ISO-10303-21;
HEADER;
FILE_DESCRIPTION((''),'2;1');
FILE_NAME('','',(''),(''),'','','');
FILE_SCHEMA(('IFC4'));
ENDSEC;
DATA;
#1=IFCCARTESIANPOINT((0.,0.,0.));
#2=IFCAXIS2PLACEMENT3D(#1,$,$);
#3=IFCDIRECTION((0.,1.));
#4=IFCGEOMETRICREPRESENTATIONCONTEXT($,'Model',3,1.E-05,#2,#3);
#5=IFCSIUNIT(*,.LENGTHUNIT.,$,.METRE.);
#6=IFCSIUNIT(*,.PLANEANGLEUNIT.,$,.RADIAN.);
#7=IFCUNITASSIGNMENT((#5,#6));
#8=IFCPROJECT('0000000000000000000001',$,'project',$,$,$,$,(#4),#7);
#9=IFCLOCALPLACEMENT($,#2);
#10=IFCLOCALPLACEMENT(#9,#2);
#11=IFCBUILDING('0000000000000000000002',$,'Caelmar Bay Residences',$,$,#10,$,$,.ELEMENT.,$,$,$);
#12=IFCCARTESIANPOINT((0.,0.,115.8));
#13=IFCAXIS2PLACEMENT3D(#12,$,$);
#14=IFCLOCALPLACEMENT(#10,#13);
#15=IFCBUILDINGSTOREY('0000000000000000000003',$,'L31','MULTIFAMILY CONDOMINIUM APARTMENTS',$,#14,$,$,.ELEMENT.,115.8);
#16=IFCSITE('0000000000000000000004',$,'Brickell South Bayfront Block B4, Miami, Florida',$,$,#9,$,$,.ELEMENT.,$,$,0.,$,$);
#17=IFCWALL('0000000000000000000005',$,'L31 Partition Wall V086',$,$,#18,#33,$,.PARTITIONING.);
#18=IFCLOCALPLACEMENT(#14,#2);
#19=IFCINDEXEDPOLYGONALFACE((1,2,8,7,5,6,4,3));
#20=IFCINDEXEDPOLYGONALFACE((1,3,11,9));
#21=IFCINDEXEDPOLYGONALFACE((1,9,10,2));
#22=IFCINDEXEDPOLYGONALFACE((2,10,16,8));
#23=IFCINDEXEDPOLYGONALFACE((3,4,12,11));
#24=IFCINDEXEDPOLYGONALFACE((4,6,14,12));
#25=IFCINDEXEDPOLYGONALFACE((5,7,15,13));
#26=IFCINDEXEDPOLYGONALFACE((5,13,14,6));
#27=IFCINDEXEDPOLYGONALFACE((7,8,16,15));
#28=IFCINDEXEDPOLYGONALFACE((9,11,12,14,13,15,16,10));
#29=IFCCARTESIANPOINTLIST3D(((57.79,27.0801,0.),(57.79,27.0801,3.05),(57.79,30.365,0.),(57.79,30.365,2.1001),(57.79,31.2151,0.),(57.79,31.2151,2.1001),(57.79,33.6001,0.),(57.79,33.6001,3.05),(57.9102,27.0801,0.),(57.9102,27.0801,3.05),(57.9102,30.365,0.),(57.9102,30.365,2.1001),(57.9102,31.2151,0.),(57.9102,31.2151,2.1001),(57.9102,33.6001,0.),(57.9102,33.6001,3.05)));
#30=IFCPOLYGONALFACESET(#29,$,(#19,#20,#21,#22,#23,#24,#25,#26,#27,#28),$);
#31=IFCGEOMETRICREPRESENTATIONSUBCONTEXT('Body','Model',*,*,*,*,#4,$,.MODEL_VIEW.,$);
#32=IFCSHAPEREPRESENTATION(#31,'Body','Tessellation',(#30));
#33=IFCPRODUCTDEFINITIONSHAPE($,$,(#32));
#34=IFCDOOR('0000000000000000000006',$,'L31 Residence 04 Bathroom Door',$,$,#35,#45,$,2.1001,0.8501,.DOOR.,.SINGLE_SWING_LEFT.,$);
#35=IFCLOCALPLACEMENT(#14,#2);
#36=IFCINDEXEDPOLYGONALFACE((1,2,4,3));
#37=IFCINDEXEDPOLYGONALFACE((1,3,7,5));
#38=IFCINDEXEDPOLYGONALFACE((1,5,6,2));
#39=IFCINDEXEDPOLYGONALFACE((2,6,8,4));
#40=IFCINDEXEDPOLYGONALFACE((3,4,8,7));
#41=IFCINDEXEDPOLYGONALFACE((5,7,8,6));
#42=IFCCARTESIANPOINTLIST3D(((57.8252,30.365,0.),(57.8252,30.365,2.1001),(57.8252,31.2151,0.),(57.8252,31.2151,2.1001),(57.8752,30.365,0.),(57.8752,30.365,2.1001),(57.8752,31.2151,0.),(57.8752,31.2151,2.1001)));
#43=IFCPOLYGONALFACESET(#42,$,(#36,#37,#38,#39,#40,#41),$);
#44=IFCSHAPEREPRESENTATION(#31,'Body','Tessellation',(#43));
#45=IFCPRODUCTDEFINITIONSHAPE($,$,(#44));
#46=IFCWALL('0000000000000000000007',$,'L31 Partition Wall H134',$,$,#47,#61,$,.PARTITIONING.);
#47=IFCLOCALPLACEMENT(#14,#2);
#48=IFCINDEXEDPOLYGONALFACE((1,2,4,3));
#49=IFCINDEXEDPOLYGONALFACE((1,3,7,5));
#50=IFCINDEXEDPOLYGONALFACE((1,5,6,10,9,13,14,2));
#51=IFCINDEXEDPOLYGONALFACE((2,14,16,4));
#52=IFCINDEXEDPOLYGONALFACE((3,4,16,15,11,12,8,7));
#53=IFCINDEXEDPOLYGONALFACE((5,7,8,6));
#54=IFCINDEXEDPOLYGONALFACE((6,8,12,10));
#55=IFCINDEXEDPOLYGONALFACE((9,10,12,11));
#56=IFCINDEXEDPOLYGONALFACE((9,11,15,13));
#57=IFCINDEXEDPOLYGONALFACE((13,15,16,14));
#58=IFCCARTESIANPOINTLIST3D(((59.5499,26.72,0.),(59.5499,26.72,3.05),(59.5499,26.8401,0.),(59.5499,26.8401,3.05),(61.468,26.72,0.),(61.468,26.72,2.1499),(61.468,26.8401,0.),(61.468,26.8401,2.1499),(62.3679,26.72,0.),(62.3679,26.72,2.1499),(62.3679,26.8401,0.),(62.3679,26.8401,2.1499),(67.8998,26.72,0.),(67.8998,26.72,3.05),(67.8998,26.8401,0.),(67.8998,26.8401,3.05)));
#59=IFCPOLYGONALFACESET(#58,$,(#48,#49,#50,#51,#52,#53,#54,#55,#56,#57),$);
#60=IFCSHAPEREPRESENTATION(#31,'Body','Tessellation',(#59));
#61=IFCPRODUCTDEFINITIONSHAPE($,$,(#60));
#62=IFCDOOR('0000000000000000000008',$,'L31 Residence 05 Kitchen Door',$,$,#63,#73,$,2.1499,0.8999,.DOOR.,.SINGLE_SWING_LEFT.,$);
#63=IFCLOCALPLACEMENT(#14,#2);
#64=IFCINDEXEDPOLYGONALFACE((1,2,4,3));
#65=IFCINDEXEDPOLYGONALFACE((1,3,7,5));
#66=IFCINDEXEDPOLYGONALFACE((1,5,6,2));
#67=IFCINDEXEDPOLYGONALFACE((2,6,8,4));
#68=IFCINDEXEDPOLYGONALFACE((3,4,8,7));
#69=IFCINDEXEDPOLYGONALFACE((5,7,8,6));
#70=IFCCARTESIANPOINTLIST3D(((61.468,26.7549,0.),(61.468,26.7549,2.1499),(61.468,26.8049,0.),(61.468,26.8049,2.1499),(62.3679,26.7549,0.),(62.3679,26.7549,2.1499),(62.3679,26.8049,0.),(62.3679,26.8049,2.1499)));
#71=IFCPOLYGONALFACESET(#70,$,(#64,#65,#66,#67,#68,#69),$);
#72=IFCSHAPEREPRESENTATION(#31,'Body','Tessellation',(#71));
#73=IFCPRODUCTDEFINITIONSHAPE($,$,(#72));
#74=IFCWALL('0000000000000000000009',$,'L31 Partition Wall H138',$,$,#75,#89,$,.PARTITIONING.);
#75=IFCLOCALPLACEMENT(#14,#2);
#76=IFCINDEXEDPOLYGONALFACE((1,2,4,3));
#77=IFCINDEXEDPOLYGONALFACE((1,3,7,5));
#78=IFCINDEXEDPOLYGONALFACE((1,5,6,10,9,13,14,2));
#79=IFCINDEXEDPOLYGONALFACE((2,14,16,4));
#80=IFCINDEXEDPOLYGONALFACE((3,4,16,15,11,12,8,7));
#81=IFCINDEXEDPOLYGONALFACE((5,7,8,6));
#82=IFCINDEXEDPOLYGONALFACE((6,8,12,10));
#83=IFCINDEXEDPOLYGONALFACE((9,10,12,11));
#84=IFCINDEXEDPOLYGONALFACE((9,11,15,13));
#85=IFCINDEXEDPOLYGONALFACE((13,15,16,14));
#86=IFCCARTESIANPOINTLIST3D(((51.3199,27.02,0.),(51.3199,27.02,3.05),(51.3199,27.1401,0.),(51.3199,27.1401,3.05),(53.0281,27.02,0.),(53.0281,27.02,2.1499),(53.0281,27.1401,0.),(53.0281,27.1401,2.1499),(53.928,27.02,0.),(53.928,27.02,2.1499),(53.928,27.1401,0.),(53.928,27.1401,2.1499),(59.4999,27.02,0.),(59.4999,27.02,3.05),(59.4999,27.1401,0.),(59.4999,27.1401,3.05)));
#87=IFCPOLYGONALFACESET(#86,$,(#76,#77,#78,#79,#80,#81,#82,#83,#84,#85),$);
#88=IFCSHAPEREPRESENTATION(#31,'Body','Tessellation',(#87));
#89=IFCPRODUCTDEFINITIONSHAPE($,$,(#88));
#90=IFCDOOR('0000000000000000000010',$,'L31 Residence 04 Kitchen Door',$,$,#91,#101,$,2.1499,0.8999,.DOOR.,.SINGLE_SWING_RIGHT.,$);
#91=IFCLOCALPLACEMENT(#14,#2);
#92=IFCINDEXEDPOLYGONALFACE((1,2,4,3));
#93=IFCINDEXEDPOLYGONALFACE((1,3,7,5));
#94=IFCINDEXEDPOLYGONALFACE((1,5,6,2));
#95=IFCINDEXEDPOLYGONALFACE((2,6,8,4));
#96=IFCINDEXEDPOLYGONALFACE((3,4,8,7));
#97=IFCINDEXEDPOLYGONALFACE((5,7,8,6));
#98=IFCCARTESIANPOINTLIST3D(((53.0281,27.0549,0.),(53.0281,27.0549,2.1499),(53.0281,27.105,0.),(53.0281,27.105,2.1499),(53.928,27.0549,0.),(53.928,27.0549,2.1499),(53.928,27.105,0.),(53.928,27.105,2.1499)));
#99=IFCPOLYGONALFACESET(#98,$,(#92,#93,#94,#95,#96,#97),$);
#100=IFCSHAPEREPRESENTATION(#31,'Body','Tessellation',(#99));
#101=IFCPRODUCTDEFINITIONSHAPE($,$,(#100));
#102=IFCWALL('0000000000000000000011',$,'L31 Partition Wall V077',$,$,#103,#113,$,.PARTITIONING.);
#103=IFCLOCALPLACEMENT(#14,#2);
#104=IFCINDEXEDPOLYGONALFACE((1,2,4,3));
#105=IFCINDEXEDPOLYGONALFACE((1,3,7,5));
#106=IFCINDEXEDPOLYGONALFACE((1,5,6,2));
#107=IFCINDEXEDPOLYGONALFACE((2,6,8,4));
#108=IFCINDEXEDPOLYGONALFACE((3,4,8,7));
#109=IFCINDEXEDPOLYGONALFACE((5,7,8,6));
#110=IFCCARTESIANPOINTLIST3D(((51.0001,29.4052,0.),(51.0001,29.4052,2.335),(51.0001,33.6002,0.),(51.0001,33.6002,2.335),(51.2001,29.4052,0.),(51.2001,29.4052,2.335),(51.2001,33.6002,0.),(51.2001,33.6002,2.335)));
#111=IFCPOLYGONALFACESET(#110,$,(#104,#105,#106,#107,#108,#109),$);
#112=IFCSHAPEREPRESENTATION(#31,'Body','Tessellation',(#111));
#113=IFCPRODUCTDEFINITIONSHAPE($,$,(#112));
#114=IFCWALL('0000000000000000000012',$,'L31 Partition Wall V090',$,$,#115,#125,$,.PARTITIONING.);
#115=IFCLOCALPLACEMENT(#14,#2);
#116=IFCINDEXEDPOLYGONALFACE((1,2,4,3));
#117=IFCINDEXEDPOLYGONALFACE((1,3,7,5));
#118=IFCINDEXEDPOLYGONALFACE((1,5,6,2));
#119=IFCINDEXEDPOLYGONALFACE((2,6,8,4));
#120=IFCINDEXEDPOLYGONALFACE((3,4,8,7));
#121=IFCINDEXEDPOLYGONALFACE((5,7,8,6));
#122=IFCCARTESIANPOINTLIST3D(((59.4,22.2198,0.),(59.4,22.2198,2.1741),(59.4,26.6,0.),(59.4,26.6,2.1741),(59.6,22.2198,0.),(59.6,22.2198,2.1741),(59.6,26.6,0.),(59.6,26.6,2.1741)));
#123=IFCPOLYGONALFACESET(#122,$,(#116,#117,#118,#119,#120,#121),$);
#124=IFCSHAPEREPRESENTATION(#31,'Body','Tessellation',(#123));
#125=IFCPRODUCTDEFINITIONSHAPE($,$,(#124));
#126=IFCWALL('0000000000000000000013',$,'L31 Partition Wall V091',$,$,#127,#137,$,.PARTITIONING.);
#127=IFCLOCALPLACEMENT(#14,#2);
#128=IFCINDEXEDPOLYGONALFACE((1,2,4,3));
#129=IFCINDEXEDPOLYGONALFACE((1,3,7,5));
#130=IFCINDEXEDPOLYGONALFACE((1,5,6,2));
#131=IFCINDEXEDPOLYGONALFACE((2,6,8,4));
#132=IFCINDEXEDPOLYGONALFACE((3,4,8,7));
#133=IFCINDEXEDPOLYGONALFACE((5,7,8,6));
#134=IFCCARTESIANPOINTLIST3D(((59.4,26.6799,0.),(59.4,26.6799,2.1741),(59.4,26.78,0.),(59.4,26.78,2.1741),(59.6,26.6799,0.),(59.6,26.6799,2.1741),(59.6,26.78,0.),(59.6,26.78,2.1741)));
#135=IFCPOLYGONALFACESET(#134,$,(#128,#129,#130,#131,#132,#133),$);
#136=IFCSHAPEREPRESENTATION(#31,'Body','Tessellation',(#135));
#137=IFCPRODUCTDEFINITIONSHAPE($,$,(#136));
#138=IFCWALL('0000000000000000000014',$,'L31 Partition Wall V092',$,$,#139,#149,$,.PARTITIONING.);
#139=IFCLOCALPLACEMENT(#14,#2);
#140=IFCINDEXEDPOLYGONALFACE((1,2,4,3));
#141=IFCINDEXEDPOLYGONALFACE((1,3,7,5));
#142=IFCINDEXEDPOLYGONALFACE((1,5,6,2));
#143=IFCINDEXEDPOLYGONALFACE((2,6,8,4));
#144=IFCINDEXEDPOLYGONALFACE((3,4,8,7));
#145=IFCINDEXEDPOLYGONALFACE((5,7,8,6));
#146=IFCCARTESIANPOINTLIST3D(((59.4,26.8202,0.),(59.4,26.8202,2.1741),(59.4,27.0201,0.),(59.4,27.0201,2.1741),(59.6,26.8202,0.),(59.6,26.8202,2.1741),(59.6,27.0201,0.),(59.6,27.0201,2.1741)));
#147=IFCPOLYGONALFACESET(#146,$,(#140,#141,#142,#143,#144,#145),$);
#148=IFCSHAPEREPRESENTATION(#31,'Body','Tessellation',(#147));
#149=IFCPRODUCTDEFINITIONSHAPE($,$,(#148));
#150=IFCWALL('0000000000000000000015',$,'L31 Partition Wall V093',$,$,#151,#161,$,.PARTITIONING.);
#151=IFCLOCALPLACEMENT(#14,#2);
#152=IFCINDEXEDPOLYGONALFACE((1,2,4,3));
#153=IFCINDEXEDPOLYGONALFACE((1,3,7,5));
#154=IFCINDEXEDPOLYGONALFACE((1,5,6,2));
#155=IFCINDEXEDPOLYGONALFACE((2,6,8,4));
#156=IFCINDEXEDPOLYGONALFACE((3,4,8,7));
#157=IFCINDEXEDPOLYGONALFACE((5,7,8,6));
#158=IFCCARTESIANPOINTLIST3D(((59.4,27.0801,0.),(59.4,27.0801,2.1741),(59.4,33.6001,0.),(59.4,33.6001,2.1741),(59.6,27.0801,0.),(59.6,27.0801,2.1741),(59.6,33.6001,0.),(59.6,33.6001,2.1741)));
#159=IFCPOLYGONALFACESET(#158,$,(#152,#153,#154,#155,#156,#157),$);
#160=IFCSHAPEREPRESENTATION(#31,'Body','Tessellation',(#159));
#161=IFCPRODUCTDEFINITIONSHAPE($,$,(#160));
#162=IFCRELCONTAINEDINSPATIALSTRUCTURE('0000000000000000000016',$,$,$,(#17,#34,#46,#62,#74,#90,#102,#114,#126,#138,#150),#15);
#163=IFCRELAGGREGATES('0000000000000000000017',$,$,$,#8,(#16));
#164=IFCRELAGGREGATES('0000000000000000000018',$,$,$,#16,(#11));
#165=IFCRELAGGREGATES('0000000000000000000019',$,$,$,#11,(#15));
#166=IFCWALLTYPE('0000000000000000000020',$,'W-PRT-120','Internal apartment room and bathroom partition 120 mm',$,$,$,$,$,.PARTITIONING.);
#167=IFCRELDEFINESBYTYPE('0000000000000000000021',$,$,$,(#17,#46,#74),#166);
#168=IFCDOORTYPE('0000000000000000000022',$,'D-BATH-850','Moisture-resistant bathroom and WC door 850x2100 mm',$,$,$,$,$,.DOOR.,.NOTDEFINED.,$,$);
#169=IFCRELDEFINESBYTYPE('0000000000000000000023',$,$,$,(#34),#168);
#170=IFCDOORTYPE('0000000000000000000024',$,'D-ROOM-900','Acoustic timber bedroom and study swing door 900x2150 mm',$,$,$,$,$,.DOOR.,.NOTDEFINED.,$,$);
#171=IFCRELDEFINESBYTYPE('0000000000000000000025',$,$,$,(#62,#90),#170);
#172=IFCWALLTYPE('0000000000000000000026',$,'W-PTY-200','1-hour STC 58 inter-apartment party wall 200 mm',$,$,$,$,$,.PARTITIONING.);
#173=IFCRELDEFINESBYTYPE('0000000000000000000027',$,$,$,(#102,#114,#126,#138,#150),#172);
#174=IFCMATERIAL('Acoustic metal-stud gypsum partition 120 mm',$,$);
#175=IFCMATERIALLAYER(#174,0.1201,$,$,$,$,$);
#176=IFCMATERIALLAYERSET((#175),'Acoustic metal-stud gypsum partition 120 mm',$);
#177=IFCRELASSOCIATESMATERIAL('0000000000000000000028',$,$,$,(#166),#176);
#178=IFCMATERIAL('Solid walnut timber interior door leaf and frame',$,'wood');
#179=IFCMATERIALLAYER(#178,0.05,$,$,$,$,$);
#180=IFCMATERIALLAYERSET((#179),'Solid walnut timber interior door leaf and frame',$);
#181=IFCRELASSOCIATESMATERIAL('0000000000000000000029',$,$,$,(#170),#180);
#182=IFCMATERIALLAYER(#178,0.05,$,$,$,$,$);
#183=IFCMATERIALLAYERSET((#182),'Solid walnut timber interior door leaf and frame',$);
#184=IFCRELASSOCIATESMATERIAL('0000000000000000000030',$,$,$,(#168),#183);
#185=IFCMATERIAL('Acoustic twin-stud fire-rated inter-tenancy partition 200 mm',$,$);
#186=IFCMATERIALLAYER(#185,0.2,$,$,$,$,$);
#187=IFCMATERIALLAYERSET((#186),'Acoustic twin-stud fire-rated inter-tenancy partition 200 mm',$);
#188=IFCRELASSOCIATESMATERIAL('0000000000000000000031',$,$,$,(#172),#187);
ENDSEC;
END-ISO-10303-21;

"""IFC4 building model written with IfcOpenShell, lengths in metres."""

from ifc_helpers import new_model, si_unit, direction, frame, frame_2d, origin, place, context, subcontext, project, spatial, rectangle, extrude, material, layer, layer_set, type_object, element, fill, save


model = new_model("IFC4")

# Units and contexts
model_context = context("Model", 3, precision=1e-05, world=origin(), true_north=direction((0.0, 1.0)))
body_context = subcontext(model_context, "Body", "Model", "MODEL_VIEW")
ifc_project = project(units=[si_unit("LENGTHUNIT", "METRE"), si_unit("PLANEANGLEUNIT", "RADIAN")], contexts=[model_context])

# Site, building, storey
site_placement = place(None, origin())
site = spatial("IfcSite", under=ifc_project, at=site_placement, Name="Brickell South Bayfront Block B4, Miami, Florida", CompositionType="ELEMENT", RefElevation=0.0)
building_placement = place(site_placement, origin())
building = spatial("IfcBuilding", under=site, at=building_placement, Name="Caelmar Bay Residences", CompositionType="ELEMENT")
storey_placement = place(building_placement, frame((0.0, 0.0, 115.8)))
storey = spatial("IfcBuildingStorey", under=building, at=storey_placement, Name="L31", Description="MULTIFAMILY CONDOMINIUM APARTMENTS", CompositionType="ELEMENT", Elevation=115.8)

# Shared definitions
ifc_material_1 = material(Name="Acoustic metal-stud gypsum partition 120 mm")
ifc_layer_1 = layer(ifc_material_1, 0.1201)
ifc_layer_set_1 = layer_set([ifc_layer_1], Name="Acoustic metal-stud gypsum partition 120 mm")
wall_type_1 = type_object("IfcWallType", Name="W-PRT-120", Description="Internal apartment room and bathroom partition 120 mm", PredefinedType="PARTITIONING", material=ifc_layer_set_1)
ifc_material_2 = material(Name="Solid walnut timber interior door leaf and frame", Category="wood")
ifc_layer_2 = layer(ifc_material_2, 0.05)
ifc_layer_set_2 = layer_set([ifc_layer_2], Name="Solid walnut timber interior door leaf and frame")
door_type_1 = type_object("IfcDoorType", Name="D-ROOM-900", Description="Acoustic timber bedroom and study swing door 900x2150 mm", OperationType="NOTDEFINED", PredefinedType="DOOR", material=ifc_layer_set_2)

# Walls, openings, doors
wall_1_placement = place(storey_placement, frame((57.8501, 27.0801, 0.0), z_axis=(0.0, 0.0, 1.0), x_axis=(0.0, 1.0, 0.0)))
wall_1 = element("IfcWall", 1, at=wall_1_placement, inside=storey, type_object=wall_type_1, Name="L31 Partition Wall V086", PredefinedType="PARTITIONING", context=body_context, shape_type="SweptSolid", body=[
    extrude(rectangle(XDim=6.52, YDim=0.1201, at=frame_2d((3.26, 0.0))), origin(), (0.0, 0.0, 1.0), 3.05),
])
opening_1_placement = place(wall_1_placement, frame((3.2849, 0.0, 0.0)))
opening_1 = element("IfcOpeningElement", 2, at=opening_1_placement, cuts=wall_1, PredefinedType="OPENING", context=body_context, shape_type="SweptSolid", body=[
    extrude(rectangle(XDim=0.8501, YDim=2.1001, at=frame_2d((0.425, 1.05))), frame((0.0, 0.0701, 0.0), z_axis=(0.0, -1.0, 0.0), x_axis=(1.0, 0.0, 0.0)), (0.0, 0.0, 1.0), 0.1401),
])
ifc_layer_3 = layer(ifc_material_2, 0.05)
ifc_layer_set_3 = layer_set([ifc_layer_3], Name="Solid walnut timber interior door leaf and frame")
door_type_2 = type_object("IfcDoorType", Name="D-BATH-850", Description="Moisture-resistant bathroom and WC door 850x2100 mm", OperationType="NOTDEFINED", PredefinedType="DOOR", material=ifc_layer_set_3)
door_1_placement = place(opening_1_placement, origin())
door_1 = element("IfcDoor", 3, at=door_1_placement, inside=storey, type_object=door_type_2, Name="L31 Residence 04 Bathroom Door", OperationType="SINGLE_SWING_LEFT", OverallHeight=2.1001, OverallWidth=0.8501, PredefinedType="DOOR", context=body_context, shape_type="SweptSolid", body=[
    extrude(rectangle(XDim=0.8501, YDim=2.1001, at=frame_2d((0.425, 1.05))), frame((0.0, 0.0249, 0.0), z_axis=(0.0, -1.0, 0.0), x_axis=(1.0, 0.0, 0.0)), (0.0, 0.0, 1.0), 0.05),
])
fill(opening_1, door_1)
wall_2_placement = place(storey_placement, frame((59.55, 26.78, 0.0), z_axis=(0.0, 0.0, 1.0), x_axis=(1.0, 0.0, 0.0)))
wall_2 = element("IfcWall", 4, at=wall_2_placement, inside=storey, type_object=wall_type_1, Name="L31 Partition Wall H134", PredefinedType="PARTITIONING", context=body_context, shape_type="SweptSolid", body=[
    extrude(rectangle(XDim=8.3499, YDim=0.1201, at=frame_2d((4.1748, 0.0))), origin(), (0.0, 0.0, 1.0), 3.05),
])
opening_2_placement = place(wall_2_placement, frame((1.918, 0.0, 0.0)))
opening_2 = element("IfcOpeningElement", 5, at=opening_2_placement, cuts=wall_2, PredefinedType="OPENING", context=body_context, shape_type="SweptSolid", body=[
    extrude(rectangle(XDim=0.8999, YDim=2.1499, at=frame_2d((0.45, 1.075))), frame((0.0, 0.0701, 0.0), z_axis=(0.0, -1.0, 0.0), x_axis=(1.0, 0.0, 0.0)), (0.0, 0.0, 1.0), 0.1401),
])
door_2_placement = place(opening_2_placement, origin())
door_2 = element("IfcDoor", 6, at=door_2_placement, inside=storey, type_object=door_type_1, Name="L31 Residence 05 Kitchen Door", OperationType="SINGLE_SWING_LEFT", OverallHeight=2.1499, OverallWidth=0.8999, PredefinedType="DOOR", context=body_context, shape_type="SweptSolid", body=[
    extrude(rectangle(XDim=0.8999, YDim=2.1499, at=frame_2d((0.45, 1.075))), frame((0.0, 0.0249, 0.0), z_axis=(0.0, -1.0, 0.0), x_axis=(1.0, 0.0, 0.0)), (0.0, 0.0, 1.0), 0.05),
])
fill(opening_2, door_2)
wall_3_placement = place(storey_placement, frame((51.3201, 27.0801, 0.0), z_axis=(0.0, 0.0, 1.0), x_axis=(1.0, 0.0, 0.0)))
wall_3 = element("IfcWall", 7, at=wall_3_placement, inside=storey, type_object=wall_type_1, Name="L31 Partition Wall H138", PredefinedType="PARTITIONING", context=body_context, shape_type="SweptSolid", body=[
    extrude(rectangle(XDim=8.1799, YDim=0.1201, at=frame_2d((4.0898, 0.0))), origin(), (0.0, 0.0, 1.0), 3.05),
])
opening_3_placement = place(wall_3_placement, frame((1.708, 0.0, 0.0)))
opening_3 = element("IfcOpeningElement", 8, at=opening_3_placement, cuts=wall_3, PredefinedType="OPENING", context=body_context, shape_type="SweptSolid", body=[
    extrude(rectangle(XDim=0.8999, YDim=2.1499, at=frame_2d((0.45, 1.075))), frame((0.0, 0.0701, 0.0), z_axis=(0.0, -1.0, 0.0), x_axis=(1.0, 0.0, 0.0)), (0.0, 0.0, 1.0), 0.1401),
])
door_3_placement = place(opening_3_placement, origin())
door_3 = element("IfcDoor", 9, at=door_3_placement, inside=storey, type_object=door_type_1, Name="L31 Residence 04 Kitchen Door", OperationType="SINGLE_SWING_RIGHT", OverallHeight=2.1499, OverallWidth=0.8999, PredefinedType="DOOR", context=body_context, shape_type="SweptSolid", body=[
    extrude(rectangle(XDim=0.8999, YDim=2.1499, at=frame_2d((0.45, 1.075))), frame((0.0, 0.0249, 0.0), z_axis=(0.0, -1.0, 0.0), x_axis=(1.0, 0.0, 0.0)), (0.0, 0.0, 1.0), 0.05),
])
fill(opening_3, door_3)

# Walls
ifc_material_3 = material(Name="Acoustic twin-stud fire-rated inter-tenancy partition 200 mm")
ifc_layer_4 = layer(ifc_material_3, 0.2)
ifc_layer_set_4 = layer_set([ifc_layer_4], Name="Acoustic twin-stud fire-rated inter-tenancy partition 200 mm")
wall_type_2 = type_object("IfcWallType", Name="W-PTY-200", Description="1-hour STC 58 inter-apartment party wall 200 mm", PredefinedType="PARTITIONING", material=ifc_layer_set_4)
wall_4_placement = place(storey_placement, frame((51.1001, 29.405, 0.0), z_axis=(0.0, 0.0, 1.0), x_axis=(0.0, 1.0, 0.0)))
element("IfcWall", 10, at=wall_4_placement, inside=storey, type_object=wall_type_2, Name="L31 Partition Wall V077", PredefinedType="PARTITIONING", context=body_context, shape_type="SweptSolid", body=[
    extrude(rectangle(XDim=4.1951, YDim=0.2, at=frame_2d((2.0977, 0.0))), origin(), (0.0, 0.0, 1.0), 2.335),
])
wall_5_placement = place(storey_placement, frame((59.5, 22.22, 0.0), z_axis=(0.0, 0.0, 1.0), x_axis=(0.0, 1.0, 0.0)))
element("IfcWall", 11, at=wall_5_placement, inside=storey, type_object=wall_type_2, Name="L31 Partition Wall V090", PredefinedType="PARTITIONING", context=body_context, shape_type="SweptSolid", body=[
    extrude(rectangle(XDim=4.3801, YDim=0.2, at=frame_2d((2.1899, 0.0))), origin(), (0.0, 0.0, 1.0), 2.1741),
])
wall_6_placement = place(storey_placement, frame((59.5, 26.6799, 0.0), z_axis=(0.0, 0.0, 1.0), x_axis=(0.0, 1.0, 0.0)))
element("IfcWall", 12, at=wall_6_placement, inside=storey, type_object=wall_type_2, Name="L31 Partition Wall V091", PredefinedType="PARTITIONING", context=body_context, shape_type="SweptSolid", body=[
    extrude(rectangle(XDim=0.1001, YDim=0.2, at=frame_2d((0.05, 0.0))), origin(), (0.0, 0.0, 1.0), 2.1741),
])
wall_7_placement = place(storey_placement, frame((59.5, 26.8201, 0.0), z_axis=(0.0, 0.0, 1.0), x_axis=(0.0, 1.0, 0.0)))
element("IfcWall", 13, at=wall_7_placement, inside=storey, type_object=wall_type_2, Name="L31 Partition Wall V092", PredefinedType="PARTITIONING", context=body_context, shape_type="SweptSolid", body=[
    extrude(rectangle(XDim=0.2, YDim=0.2, at=frame_2d((0.1001, 0.0))), origin(), (0.0, 0.0, 1.0), 2.1741),
])
wall_8_placement = place(storey_placement, frame((59.5, 27.0801, 0.0), z_axis=(0.0, 0.0, 1.0), x_axis=(0.0, 1.0, 0.0)))
element("IfcWall", 14, at=wall_8_placement, inside=storey, type_object=wall_type_2, Name="L31 Partition Wall V093", PredefinedType="PARTITIONING", context=body_context, shape_type="SweptSolid", body=[
    extrude(rectangle(XDim=6.52, YDim=0.2, at=frame_2d((3.26, 0.0))), origin(), (0.0, 0.0, 1.0), 2.1741),
])

save(model, "model.ifc")
